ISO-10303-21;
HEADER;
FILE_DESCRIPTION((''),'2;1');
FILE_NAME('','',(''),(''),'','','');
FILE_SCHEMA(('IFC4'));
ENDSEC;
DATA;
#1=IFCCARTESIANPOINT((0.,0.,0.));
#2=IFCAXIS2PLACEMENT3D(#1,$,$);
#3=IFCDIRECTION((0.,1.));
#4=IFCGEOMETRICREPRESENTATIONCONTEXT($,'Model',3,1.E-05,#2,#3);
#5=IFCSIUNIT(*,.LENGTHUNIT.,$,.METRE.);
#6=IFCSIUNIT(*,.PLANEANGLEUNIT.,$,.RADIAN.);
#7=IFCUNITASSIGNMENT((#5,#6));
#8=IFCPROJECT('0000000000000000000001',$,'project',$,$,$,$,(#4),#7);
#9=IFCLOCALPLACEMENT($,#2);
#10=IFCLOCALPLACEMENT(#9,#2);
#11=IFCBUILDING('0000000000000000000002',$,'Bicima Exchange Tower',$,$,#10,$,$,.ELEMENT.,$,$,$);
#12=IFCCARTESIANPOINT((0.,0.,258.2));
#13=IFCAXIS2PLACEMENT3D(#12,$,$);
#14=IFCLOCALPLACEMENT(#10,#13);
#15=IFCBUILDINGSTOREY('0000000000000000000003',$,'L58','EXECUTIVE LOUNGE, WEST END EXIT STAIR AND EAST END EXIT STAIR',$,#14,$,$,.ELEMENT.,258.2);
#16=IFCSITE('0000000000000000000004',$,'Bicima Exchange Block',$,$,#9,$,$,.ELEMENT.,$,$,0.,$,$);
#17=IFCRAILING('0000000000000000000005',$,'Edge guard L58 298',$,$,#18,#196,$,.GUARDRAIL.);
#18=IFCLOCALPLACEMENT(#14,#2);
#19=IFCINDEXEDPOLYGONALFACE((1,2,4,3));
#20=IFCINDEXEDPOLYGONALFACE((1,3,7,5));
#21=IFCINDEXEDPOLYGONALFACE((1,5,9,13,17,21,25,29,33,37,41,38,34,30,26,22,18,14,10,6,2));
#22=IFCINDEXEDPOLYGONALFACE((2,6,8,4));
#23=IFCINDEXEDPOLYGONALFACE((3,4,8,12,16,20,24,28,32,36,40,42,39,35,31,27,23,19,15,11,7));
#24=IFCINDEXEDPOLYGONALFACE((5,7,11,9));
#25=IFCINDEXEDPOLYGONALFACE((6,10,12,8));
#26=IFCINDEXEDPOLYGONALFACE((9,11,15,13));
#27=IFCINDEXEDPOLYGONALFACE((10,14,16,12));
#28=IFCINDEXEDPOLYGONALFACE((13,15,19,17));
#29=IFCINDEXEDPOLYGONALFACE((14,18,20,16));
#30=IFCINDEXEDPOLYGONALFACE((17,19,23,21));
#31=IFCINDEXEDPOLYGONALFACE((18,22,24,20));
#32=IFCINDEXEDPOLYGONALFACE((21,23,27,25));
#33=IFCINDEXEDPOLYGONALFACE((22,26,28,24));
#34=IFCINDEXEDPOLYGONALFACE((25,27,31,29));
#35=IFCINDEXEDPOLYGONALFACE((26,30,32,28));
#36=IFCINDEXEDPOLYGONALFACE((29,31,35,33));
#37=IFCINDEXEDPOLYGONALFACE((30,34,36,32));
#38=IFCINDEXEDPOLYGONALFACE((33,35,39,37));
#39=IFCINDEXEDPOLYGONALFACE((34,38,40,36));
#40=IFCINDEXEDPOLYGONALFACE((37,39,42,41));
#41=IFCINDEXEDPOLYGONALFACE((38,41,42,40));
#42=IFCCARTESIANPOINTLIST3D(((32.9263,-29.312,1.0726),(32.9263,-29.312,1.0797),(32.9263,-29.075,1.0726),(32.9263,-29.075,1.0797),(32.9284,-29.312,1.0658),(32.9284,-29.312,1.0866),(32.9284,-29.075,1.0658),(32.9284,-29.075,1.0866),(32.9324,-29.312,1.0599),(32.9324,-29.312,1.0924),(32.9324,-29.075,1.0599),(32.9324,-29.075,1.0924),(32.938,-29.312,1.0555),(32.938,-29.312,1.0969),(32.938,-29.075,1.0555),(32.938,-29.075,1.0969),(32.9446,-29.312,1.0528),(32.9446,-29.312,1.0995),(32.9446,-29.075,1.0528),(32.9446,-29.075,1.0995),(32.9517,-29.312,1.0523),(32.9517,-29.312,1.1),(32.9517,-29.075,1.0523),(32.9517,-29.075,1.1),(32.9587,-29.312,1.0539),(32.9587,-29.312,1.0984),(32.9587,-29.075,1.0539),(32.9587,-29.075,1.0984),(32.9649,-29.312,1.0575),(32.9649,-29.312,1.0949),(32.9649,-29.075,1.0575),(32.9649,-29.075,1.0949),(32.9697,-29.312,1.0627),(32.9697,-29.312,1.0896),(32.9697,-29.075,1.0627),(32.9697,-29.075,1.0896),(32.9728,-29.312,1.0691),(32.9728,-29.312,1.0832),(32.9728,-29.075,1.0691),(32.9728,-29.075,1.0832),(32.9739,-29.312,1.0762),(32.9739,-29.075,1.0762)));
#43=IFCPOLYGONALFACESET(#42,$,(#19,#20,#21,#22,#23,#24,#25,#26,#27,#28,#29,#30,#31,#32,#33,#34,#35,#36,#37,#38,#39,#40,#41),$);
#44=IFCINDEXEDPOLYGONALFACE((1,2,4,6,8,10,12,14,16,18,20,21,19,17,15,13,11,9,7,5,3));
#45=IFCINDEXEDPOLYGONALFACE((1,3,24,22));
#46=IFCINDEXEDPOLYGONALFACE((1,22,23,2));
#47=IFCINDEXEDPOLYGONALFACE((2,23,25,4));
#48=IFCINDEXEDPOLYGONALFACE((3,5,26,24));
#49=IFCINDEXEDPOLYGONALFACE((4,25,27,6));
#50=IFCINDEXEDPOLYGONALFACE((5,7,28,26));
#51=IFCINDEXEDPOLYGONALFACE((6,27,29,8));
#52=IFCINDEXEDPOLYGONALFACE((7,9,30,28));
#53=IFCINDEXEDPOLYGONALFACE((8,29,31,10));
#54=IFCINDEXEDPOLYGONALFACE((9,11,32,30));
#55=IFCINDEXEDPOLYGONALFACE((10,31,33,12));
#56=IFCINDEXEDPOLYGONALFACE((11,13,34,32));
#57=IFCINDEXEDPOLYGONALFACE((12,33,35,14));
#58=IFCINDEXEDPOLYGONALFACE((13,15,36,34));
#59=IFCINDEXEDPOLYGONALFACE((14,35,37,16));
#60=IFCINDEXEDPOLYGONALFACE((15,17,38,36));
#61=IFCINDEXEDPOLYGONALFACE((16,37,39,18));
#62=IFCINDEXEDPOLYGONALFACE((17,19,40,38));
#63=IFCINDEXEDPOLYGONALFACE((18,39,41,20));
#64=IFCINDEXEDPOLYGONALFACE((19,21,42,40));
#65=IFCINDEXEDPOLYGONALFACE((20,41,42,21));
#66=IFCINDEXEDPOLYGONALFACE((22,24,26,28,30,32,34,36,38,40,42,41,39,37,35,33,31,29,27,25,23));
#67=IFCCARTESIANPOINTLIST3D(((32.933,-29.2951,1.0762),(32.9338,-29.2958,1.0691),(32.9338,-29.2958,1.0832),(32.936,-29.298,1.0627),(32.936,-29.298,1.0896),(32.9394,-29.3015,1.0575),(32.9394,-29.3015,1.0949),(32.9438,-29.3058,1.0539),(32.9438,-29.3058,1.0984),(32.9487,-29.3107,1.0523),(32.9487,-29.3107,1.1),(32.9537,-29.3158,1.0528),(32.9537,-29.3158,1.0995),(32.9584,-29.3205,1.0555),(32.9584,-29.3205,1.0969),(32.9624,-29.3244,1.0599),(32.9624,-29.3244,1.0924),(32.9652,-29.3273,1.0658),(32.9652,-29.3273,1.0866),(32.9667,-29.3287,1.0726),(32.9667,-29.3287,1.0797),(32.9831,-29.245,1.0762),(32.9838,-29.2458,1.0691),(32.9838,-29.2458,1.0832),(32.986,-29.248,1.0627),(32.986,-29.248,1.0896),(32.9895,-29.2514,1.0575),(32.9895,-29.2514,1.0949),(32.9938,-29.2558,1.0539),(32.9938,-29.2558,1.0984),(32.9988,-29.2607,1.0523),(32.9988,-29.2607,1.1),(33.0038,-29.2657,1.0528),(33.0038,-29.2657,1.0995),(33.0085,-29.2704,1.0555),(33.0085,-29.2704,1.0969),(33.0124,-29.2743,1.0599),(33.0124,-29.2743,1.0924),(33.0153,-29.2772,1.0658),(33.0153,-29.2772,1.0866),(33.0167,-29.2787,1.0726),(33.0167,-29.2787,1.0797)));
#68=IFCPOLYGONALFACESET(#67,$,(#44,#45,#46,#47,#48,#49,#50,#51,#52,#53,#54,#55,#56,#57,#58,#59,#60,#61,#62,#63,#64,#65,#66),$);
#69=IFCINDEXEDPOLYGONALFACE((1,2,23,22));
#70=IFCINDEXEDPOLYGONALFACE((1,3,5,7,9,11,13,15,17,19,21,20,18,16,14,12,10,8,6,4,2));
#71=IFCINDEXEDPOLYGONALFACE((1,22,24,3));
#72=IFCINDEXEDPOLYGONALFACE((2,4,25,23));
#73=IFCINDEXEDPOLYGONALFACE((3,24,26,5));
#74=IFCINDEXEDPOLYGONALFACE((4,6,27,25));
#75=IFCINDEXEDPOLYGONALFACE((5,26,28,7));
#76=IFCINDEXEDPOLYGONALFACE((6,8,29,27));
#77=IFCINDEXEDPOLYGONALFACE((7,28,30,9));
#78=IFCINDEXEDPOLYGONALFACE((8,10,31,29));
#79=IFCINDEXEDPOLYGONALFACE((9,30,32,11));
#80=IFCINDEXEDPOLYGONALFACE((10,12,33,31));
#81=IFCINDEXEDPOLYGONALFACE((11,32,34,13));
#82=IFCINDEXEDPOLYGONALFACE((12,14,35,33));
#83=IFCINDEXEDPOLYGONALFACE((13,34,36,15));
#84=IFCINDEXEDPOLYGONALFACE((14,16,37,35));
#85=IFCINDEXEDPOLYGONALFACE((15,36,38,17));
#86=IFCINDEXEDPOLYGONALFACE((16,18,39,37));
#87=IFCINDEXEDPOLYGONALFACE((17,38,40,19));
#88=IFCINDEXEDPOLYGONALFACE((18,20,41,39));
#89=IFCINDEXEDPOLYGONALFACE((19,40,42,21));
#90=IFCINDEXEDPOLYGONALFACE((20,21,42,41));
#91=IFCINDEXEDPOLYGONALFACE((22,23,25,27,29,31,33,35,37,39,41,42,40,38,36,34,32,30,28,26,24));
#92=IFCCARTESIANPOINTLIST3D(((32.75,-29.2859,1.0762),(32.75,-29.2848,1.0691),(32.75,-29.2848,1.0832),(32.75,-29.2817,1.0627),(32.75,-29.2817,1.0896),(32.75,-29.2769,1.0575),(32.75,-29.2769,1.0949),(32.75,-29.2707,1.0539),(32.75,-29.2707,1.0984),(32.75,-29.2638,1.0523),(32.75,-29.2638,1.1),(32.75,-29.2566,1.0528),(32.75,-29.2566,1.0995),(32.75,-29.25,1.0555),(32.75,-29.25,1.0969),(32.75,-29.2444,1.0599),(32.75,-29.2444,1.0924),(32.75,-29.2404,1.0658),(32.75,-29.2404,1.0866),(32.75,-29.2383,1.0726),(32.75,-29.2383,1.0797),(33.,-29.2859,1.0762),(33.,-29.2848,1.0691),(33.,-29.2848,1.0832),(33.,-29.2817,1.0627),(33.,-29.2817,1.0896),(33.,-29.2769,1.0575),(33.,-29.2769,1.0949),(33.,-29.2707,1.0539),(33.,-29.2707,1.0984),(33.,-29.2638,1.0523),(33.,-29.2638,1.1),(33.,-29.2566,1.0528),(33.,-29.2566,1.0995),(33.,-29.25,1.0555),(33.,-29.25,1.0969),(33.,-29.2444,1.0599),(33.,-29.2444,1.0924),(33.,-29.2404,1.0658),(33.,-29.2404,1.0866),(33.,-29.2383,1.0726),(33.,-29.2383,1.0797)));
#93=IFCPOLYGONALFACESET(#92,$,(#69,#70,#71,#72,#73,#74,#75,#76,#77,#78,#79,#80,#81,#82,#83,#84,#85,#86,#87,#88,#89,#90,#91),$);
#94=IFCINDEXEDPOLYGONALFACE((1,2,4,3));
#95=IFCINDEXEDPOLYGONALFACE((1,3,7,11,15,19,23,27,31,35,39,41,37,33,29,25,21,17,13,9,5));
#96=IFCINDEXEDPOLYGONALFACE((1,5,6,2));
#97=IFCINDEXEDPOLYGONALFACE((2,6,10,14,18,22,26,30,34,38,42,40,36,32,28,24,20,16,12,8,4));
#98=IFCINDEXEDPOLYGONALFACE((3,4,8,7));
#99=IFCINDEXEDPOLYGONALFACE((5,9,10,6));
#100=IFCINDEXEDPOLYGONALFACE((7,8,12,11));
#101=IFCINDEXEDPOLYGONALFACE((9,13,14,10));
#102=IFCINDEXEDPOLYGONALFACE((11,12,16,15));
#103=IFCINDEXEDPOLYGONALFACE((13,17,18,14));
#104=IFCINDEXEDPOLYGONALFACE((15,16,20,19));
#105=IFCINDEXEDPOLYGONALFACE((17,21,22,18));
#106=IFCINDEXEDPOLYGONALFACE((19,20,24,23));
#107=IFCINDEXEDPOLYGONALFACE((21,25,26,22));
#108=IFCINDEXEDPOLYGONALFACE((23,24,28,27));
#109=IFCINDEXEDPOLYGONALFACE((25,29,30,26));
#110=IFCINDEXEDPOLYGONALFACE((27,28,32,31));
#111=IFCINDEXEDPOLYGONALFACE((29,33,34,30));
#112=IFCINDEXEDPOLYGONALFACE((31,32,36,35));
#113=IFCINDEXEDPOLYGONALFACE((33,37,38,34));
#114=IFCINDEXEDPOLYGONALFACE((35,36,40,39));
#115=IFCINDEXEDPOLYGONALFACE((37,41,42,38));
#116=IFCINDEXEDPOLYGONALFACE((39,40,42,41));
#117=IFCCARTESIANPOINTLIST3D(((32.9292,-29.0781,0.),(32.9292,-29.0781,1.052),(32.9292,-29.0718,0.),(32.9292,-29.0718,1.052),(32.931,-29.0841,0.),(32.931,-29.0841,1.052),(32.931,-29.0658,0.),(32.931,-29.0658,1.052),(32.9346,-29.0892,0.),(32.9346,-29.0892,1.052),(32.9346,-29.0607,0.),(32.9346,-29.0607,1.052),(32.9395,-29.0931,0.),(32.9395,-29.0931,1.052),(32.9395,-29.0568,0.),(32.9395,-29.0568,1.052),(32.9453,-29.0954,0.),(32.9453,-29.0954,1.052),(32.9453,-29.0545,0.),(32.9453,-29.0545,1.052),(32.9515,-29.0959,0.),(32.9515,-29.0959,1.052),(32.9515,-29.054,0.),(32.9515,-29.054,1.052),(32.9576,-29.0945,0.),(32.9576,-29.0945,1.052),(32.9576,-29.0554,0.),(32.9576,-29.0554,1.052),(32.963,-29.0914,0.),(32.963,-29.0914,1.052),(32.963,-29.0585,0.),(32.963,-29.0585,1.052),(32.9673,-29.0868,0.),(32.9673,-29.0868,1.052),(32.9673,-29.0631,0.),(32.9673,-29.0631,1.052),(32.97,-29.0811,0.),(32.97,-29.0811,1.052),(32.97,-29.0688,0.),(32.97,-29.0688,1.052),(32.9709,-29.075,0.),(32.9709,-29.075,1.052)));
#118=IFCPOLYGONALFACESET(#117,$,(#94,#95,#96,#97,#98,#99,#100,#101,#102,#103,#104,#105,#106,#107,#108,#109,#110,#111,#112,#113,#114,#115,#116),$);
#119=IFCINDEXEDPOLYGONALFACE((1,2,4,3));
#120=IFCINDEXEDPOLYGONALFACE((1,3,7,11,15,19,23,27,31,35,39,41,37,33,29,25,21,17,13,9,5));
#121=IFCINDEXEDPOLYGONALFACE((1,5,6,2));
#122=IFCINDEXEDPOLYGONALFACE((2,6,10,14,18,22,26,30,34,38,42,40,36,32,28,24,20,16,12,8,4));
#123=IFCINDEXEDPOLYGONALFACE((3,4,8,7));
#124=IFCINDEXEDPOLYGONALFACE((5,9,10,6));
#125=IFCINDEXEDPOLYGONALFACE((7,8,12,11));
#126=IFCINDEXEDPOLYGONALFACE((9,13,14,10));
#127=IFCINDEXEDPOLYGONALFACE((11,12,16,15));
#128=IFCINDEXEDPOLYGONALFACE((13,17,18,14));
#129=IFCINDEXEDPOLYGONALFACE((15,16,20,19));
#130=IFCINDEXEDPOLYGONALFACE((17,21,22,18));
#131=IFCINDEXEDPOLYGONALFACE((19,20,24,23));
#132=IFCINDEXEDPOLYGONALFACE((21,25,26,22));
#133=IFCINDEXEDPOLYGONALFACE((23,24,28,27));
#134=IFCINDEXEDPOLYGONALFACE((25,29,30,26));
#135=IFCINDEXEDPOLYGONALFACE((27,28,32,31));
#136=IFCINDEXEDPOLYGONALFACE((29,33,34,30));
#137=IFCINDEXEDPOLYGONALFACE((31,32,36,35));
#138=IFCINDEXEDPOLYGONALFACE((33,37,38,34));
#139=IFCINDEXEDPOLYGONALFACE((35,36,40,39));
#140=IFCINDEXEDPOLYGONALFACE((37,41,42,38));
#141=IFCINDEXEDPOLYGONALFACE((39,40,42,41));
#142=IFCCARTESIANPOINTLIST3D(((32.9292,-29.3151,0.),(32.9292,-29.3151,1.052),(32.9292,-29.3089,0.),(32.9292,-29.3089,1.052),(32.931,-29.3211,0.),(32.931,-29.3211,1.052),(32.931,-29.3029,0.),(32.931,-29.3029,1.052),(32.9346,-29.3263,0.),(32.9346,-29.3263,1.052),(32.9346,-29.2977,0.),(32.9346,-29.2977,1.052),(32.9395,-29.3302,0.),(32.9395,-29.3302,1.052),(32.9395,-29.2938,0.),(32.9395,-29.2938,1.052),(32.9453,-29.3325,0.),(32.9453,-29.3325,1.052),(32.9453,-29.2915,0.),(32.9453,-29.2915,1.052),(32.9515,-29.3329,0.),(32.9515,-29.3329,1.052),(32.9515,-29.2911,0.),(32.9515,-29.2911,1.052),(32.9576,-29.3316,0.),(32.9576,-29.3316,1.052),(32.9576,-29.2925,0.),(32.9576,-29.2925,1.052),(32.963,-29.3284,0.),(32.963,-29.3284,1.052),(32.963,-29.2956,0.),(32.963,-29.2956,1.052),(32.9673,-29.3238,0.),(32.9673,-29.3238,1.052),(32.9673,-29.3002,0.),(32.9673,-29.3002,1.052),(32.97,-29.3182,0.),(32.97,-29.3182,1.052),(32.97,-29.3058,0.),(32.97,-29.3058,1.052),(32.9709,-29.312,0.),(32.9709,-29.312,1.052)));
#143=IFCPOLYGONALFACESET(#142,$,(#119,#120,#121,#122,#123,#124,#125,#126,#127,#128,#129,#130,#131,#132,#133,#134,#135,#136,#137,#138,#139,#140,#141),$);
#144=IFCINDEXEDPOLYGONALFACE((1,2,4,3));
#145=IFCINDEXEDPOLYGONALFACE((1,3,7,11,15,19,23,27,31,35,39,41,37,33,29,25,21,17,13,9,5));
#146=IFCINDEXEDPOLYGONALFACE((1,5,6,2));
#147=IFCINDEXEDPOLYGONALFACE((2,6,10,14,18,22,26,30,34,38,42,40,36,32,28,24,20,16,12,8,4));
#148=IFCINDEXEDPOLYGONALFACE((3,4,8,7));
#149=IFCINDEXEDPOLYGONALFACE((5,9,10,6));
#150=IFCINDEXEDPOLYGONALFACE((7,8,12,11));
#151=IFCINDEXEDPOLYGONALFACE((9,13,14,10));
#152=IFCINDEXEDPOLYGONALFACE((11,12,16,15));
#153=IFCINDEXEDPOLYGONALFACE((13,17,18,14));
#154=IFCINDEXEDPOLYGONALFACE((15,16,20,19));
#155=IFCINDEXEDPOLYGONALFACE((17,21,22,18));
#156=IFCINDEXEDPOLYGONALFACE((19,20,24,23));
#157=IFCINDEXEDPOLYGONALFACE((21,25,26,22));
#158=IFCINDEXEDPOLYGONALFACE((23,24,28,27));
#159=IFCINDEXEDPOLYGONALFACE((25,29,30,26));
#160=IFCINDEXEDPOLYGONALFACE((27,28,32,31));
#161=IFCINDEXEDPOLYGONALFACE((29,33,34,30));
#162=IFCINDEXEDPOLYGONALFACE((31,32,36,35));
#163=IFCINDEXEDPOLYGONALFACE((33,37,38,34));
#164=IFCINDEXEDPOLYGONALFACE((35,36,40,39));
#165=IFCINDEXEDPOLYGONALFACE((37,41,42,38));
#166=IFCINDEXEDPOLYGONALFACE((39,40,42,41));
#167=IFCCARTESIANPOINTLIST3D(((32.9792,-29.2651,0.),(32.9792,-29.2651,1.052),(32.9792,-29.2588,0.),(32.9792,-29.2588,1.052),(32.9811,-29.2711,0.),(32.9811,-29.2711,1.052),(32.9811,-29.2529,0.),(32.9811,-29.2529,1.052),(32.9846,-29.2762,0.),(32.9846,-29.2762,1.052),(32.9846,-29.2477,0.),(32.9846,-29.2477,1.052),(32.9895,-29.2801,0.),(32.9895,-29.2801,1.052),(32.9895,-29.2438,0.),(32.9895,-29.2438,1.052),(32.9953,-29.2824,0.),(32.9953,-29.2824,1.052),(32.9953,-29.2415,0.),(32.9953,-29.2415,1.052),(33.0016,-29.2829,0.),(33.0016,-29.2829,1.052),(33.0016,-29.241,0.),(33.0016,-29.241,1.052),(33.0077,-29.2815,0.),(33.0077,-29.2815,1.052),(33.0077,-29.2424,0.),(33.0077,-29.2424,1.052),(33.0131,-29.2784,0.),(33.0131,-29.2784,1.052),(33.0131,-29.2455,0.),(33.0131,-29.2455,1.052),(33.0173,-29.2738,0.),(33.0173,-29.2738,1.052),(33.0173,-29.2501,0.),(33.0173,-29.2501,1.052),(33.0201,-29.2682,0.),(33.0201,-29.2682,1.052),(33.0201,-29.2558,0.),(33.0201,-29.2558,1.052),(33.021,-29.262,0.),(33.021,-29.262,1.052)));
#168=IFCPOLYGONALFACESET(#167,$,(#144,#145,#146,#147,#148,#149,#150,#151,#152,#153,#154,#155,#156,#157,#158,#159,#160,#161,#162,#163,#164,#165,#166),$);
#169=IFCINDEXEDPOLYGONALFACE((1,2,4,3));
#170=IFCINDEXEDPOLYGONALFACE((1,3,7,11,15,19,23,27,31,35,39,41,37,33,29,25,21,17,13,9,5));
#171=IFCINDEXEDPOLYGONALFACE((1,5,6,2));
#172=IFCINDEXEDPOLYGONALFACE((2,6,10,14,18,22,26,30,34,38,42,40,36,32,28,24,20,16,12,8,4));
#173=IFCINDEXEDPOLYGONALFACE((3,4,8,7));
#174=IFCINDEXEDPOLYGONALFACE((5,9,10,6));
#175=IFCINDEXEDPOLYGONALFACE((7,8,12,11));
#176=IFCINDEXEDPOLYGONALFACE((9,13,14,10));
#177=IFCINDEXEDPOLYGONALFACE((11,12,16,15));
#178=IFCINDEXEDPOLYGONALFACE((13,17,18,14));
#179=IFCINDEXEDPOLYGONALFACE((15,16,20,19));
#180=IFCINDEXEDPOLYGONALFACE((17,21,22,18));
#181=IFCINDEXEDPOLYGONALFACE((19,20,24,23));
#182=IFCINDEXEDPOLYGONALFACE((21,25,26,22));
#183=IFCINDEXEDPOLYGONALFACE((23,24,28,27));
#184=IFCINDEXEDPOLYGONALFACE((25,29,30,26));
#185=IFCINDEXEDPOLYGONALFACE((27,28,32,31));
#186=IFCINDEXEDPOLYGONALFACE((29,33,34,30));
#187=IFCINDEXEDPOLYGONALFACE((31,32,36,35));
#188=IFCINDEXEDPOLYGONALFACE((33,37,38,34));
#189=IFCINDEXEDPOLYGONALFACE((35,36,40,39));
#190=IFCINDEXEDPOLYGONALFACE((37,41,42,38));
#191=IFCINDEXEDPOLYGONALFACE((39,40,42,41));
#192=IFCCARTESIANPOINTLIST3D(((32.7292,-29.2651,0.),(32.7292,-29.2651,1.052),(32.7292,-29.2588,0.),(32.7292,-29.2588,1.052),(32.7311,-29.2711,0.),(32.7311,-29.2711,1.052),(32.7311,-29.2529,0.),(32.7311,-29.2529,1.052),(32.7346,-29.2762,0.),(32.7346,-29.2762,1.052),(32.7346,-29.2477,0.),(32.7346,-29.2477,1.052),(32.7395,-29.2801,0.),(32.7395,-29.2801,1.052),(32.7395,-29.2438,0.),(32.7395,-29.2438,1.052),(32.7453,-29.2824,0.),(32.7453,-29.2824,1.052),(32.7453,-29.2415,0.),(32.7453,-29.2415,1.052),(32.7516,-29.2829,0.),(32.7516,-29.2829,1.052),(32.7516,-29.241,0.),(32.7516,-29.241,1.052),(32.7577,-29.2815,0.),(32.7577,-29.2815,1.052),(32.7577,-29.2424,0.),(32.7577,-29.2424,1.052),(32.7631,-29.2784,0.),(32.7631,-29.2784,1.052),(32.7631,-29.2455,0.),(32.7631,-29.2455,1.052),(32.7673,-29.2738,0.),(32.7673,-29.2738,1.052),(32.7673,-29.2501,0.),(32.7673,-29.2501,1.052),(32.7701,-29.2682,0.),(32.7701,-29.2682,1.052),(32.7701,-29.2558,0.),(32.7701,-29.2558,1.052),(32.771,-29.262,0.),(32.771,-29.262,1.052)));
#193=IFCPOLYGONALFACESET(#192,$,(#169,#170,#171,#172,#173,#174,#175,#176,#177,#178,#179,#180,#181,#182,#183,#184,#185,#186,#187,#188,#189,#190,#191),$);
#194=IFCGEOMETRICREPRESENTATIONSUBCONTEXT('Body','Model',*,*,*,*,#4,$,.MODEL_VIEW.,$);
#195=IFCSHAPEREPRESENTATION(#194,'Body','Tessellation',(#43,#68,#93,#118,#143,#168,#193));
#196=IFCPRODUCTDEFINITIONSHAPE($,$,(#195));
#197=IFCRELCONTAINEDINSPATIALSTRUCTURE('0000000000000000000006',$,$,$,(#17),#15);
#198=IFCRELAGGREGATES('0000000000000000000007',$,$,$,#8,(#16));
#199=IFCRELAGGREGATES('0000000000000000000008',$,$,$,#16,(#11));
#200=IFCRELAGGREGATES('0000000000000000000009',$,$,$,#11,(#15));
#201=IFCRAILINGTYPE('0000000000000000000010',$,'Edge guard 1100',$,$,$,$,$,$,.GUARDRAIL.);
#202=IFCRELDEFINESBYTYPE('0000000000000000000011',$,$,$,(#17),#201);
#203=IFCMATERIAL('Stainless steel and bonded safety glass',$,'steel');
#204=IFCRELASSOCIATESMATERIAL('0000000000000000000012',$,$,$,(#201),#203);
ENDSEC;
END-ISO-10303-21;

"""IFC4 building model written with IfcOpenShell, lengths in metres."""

from ifc_helpers import new_model, si_unit, direction, frame, origin, origin_2d, place, context, subcontext, project, spatial, circle, extrude, material, type_object, element, save


model = new_model("IFC4")

# Units and contexts
model_context = context("Model", 3, precision=1e-05, world=origin(), true_north=direction((0.0, 1.0)))
body_context = subcontext(model_context, "Body", "Model", "MODEL_VIEW")
ifc_project = project(units=[si_unit("LENGTHUNIT", "METRE"), si_unit("PLANEANGLEUNIT", "RADIAN")], contexts=[model_context])

# Site, building, storey
site_placement = place(None, origin())
site = spatial("IfcSite", under=ifc_project, at=site_placement, Name="Bicima Exchange Block", CompositionType="ELEMENT", RefElevation=0.0)
building_placement = place(site_placement, origin())
building = spatial("IfcBuilding", under=site, at=building_placement, Name="Bicima Exchange Tower", CompositionType="ELEMENT")
storey_placement = place(building_placement, frame((0.0, 0.0, 258.2)))
storey = spatial("IfcBuildingStorey", under=building, at=storey_placement, Name="L58", Description="EXECUTIVE LOUNGE, WEST END EXIT STAIR AND EAST END EXIT STAIR", CompositionType="ELEMENT", Elevation=258.2)

# Railing
ifc_material_1 = material(Name="Stainless steel and bonded safety glass", Category="steel")
railing_type = type_object("IfcRailingType", Name="Edge guard 1100", PredefinedType="GUARDRAIL", material=ifc_material_1)
railing_1_placement = place(storey_placement, frame((32.95, -29.075, 0.0)))
element("IfcRailing", 1, at=railing_1_placement, inside=storey, type_object=railing_type, Name="Edge guard L58 298", PredefinedType="GUARDRAIL", context=body_context, shape_type="SweptSolid", body=[
    extrude(circle(Radius=0.0239, at=origin_2d()), frame((0.0, 0.0, 1.0762), z_axis=(0.0, -1.0, 0.0), x_axis=(1.0, 0.0, 0.0)), (0.0, 0.0, 1.0), 0.2371),
    extrude(circle(Radius=0.0239, at=origin_2d()), frame((0.0, -0.2371, 1.0762), z_axis=(0.707107, 0.707107, 0.0), x_axis=(-0.707107, 0.707107, 0.0)), (0.0, 0.0, 1.0), 0.0708),
    extrude(circle(Radius=0.0239, at=origin_2d()), frame((0.05, -0.187, 1.0762), z_axis=(-1.0, 0.0, 0.0), x_axis=(0.0, -1.0, 0.0)), (0.0, 0.0, 1.0), 0.25),
    extrude(circle(Radius=0.021, at=origin_2d()), origin(), (0.0, 0.0, 1.0), 1.052),
    extrude(circle(Radius=0.021, at=origin_2d()), frame((0.0, -0.2371, 0.0)), (0.0, 0.0, 1.0), 1.052),
    extrude(circle(Radius=0.021, at=origin_2d()), frame((0.05, -0.187, 0.0)), (0.0, 0.0, 1.0), 1.052),
    extrude(circle(Radius=0.021, at=origin_2d()), frame((-0.2, -0.187, 0.0)), (0.0, 0.0, 1.0), 1.052),
])

save(model, "model.ifc")
